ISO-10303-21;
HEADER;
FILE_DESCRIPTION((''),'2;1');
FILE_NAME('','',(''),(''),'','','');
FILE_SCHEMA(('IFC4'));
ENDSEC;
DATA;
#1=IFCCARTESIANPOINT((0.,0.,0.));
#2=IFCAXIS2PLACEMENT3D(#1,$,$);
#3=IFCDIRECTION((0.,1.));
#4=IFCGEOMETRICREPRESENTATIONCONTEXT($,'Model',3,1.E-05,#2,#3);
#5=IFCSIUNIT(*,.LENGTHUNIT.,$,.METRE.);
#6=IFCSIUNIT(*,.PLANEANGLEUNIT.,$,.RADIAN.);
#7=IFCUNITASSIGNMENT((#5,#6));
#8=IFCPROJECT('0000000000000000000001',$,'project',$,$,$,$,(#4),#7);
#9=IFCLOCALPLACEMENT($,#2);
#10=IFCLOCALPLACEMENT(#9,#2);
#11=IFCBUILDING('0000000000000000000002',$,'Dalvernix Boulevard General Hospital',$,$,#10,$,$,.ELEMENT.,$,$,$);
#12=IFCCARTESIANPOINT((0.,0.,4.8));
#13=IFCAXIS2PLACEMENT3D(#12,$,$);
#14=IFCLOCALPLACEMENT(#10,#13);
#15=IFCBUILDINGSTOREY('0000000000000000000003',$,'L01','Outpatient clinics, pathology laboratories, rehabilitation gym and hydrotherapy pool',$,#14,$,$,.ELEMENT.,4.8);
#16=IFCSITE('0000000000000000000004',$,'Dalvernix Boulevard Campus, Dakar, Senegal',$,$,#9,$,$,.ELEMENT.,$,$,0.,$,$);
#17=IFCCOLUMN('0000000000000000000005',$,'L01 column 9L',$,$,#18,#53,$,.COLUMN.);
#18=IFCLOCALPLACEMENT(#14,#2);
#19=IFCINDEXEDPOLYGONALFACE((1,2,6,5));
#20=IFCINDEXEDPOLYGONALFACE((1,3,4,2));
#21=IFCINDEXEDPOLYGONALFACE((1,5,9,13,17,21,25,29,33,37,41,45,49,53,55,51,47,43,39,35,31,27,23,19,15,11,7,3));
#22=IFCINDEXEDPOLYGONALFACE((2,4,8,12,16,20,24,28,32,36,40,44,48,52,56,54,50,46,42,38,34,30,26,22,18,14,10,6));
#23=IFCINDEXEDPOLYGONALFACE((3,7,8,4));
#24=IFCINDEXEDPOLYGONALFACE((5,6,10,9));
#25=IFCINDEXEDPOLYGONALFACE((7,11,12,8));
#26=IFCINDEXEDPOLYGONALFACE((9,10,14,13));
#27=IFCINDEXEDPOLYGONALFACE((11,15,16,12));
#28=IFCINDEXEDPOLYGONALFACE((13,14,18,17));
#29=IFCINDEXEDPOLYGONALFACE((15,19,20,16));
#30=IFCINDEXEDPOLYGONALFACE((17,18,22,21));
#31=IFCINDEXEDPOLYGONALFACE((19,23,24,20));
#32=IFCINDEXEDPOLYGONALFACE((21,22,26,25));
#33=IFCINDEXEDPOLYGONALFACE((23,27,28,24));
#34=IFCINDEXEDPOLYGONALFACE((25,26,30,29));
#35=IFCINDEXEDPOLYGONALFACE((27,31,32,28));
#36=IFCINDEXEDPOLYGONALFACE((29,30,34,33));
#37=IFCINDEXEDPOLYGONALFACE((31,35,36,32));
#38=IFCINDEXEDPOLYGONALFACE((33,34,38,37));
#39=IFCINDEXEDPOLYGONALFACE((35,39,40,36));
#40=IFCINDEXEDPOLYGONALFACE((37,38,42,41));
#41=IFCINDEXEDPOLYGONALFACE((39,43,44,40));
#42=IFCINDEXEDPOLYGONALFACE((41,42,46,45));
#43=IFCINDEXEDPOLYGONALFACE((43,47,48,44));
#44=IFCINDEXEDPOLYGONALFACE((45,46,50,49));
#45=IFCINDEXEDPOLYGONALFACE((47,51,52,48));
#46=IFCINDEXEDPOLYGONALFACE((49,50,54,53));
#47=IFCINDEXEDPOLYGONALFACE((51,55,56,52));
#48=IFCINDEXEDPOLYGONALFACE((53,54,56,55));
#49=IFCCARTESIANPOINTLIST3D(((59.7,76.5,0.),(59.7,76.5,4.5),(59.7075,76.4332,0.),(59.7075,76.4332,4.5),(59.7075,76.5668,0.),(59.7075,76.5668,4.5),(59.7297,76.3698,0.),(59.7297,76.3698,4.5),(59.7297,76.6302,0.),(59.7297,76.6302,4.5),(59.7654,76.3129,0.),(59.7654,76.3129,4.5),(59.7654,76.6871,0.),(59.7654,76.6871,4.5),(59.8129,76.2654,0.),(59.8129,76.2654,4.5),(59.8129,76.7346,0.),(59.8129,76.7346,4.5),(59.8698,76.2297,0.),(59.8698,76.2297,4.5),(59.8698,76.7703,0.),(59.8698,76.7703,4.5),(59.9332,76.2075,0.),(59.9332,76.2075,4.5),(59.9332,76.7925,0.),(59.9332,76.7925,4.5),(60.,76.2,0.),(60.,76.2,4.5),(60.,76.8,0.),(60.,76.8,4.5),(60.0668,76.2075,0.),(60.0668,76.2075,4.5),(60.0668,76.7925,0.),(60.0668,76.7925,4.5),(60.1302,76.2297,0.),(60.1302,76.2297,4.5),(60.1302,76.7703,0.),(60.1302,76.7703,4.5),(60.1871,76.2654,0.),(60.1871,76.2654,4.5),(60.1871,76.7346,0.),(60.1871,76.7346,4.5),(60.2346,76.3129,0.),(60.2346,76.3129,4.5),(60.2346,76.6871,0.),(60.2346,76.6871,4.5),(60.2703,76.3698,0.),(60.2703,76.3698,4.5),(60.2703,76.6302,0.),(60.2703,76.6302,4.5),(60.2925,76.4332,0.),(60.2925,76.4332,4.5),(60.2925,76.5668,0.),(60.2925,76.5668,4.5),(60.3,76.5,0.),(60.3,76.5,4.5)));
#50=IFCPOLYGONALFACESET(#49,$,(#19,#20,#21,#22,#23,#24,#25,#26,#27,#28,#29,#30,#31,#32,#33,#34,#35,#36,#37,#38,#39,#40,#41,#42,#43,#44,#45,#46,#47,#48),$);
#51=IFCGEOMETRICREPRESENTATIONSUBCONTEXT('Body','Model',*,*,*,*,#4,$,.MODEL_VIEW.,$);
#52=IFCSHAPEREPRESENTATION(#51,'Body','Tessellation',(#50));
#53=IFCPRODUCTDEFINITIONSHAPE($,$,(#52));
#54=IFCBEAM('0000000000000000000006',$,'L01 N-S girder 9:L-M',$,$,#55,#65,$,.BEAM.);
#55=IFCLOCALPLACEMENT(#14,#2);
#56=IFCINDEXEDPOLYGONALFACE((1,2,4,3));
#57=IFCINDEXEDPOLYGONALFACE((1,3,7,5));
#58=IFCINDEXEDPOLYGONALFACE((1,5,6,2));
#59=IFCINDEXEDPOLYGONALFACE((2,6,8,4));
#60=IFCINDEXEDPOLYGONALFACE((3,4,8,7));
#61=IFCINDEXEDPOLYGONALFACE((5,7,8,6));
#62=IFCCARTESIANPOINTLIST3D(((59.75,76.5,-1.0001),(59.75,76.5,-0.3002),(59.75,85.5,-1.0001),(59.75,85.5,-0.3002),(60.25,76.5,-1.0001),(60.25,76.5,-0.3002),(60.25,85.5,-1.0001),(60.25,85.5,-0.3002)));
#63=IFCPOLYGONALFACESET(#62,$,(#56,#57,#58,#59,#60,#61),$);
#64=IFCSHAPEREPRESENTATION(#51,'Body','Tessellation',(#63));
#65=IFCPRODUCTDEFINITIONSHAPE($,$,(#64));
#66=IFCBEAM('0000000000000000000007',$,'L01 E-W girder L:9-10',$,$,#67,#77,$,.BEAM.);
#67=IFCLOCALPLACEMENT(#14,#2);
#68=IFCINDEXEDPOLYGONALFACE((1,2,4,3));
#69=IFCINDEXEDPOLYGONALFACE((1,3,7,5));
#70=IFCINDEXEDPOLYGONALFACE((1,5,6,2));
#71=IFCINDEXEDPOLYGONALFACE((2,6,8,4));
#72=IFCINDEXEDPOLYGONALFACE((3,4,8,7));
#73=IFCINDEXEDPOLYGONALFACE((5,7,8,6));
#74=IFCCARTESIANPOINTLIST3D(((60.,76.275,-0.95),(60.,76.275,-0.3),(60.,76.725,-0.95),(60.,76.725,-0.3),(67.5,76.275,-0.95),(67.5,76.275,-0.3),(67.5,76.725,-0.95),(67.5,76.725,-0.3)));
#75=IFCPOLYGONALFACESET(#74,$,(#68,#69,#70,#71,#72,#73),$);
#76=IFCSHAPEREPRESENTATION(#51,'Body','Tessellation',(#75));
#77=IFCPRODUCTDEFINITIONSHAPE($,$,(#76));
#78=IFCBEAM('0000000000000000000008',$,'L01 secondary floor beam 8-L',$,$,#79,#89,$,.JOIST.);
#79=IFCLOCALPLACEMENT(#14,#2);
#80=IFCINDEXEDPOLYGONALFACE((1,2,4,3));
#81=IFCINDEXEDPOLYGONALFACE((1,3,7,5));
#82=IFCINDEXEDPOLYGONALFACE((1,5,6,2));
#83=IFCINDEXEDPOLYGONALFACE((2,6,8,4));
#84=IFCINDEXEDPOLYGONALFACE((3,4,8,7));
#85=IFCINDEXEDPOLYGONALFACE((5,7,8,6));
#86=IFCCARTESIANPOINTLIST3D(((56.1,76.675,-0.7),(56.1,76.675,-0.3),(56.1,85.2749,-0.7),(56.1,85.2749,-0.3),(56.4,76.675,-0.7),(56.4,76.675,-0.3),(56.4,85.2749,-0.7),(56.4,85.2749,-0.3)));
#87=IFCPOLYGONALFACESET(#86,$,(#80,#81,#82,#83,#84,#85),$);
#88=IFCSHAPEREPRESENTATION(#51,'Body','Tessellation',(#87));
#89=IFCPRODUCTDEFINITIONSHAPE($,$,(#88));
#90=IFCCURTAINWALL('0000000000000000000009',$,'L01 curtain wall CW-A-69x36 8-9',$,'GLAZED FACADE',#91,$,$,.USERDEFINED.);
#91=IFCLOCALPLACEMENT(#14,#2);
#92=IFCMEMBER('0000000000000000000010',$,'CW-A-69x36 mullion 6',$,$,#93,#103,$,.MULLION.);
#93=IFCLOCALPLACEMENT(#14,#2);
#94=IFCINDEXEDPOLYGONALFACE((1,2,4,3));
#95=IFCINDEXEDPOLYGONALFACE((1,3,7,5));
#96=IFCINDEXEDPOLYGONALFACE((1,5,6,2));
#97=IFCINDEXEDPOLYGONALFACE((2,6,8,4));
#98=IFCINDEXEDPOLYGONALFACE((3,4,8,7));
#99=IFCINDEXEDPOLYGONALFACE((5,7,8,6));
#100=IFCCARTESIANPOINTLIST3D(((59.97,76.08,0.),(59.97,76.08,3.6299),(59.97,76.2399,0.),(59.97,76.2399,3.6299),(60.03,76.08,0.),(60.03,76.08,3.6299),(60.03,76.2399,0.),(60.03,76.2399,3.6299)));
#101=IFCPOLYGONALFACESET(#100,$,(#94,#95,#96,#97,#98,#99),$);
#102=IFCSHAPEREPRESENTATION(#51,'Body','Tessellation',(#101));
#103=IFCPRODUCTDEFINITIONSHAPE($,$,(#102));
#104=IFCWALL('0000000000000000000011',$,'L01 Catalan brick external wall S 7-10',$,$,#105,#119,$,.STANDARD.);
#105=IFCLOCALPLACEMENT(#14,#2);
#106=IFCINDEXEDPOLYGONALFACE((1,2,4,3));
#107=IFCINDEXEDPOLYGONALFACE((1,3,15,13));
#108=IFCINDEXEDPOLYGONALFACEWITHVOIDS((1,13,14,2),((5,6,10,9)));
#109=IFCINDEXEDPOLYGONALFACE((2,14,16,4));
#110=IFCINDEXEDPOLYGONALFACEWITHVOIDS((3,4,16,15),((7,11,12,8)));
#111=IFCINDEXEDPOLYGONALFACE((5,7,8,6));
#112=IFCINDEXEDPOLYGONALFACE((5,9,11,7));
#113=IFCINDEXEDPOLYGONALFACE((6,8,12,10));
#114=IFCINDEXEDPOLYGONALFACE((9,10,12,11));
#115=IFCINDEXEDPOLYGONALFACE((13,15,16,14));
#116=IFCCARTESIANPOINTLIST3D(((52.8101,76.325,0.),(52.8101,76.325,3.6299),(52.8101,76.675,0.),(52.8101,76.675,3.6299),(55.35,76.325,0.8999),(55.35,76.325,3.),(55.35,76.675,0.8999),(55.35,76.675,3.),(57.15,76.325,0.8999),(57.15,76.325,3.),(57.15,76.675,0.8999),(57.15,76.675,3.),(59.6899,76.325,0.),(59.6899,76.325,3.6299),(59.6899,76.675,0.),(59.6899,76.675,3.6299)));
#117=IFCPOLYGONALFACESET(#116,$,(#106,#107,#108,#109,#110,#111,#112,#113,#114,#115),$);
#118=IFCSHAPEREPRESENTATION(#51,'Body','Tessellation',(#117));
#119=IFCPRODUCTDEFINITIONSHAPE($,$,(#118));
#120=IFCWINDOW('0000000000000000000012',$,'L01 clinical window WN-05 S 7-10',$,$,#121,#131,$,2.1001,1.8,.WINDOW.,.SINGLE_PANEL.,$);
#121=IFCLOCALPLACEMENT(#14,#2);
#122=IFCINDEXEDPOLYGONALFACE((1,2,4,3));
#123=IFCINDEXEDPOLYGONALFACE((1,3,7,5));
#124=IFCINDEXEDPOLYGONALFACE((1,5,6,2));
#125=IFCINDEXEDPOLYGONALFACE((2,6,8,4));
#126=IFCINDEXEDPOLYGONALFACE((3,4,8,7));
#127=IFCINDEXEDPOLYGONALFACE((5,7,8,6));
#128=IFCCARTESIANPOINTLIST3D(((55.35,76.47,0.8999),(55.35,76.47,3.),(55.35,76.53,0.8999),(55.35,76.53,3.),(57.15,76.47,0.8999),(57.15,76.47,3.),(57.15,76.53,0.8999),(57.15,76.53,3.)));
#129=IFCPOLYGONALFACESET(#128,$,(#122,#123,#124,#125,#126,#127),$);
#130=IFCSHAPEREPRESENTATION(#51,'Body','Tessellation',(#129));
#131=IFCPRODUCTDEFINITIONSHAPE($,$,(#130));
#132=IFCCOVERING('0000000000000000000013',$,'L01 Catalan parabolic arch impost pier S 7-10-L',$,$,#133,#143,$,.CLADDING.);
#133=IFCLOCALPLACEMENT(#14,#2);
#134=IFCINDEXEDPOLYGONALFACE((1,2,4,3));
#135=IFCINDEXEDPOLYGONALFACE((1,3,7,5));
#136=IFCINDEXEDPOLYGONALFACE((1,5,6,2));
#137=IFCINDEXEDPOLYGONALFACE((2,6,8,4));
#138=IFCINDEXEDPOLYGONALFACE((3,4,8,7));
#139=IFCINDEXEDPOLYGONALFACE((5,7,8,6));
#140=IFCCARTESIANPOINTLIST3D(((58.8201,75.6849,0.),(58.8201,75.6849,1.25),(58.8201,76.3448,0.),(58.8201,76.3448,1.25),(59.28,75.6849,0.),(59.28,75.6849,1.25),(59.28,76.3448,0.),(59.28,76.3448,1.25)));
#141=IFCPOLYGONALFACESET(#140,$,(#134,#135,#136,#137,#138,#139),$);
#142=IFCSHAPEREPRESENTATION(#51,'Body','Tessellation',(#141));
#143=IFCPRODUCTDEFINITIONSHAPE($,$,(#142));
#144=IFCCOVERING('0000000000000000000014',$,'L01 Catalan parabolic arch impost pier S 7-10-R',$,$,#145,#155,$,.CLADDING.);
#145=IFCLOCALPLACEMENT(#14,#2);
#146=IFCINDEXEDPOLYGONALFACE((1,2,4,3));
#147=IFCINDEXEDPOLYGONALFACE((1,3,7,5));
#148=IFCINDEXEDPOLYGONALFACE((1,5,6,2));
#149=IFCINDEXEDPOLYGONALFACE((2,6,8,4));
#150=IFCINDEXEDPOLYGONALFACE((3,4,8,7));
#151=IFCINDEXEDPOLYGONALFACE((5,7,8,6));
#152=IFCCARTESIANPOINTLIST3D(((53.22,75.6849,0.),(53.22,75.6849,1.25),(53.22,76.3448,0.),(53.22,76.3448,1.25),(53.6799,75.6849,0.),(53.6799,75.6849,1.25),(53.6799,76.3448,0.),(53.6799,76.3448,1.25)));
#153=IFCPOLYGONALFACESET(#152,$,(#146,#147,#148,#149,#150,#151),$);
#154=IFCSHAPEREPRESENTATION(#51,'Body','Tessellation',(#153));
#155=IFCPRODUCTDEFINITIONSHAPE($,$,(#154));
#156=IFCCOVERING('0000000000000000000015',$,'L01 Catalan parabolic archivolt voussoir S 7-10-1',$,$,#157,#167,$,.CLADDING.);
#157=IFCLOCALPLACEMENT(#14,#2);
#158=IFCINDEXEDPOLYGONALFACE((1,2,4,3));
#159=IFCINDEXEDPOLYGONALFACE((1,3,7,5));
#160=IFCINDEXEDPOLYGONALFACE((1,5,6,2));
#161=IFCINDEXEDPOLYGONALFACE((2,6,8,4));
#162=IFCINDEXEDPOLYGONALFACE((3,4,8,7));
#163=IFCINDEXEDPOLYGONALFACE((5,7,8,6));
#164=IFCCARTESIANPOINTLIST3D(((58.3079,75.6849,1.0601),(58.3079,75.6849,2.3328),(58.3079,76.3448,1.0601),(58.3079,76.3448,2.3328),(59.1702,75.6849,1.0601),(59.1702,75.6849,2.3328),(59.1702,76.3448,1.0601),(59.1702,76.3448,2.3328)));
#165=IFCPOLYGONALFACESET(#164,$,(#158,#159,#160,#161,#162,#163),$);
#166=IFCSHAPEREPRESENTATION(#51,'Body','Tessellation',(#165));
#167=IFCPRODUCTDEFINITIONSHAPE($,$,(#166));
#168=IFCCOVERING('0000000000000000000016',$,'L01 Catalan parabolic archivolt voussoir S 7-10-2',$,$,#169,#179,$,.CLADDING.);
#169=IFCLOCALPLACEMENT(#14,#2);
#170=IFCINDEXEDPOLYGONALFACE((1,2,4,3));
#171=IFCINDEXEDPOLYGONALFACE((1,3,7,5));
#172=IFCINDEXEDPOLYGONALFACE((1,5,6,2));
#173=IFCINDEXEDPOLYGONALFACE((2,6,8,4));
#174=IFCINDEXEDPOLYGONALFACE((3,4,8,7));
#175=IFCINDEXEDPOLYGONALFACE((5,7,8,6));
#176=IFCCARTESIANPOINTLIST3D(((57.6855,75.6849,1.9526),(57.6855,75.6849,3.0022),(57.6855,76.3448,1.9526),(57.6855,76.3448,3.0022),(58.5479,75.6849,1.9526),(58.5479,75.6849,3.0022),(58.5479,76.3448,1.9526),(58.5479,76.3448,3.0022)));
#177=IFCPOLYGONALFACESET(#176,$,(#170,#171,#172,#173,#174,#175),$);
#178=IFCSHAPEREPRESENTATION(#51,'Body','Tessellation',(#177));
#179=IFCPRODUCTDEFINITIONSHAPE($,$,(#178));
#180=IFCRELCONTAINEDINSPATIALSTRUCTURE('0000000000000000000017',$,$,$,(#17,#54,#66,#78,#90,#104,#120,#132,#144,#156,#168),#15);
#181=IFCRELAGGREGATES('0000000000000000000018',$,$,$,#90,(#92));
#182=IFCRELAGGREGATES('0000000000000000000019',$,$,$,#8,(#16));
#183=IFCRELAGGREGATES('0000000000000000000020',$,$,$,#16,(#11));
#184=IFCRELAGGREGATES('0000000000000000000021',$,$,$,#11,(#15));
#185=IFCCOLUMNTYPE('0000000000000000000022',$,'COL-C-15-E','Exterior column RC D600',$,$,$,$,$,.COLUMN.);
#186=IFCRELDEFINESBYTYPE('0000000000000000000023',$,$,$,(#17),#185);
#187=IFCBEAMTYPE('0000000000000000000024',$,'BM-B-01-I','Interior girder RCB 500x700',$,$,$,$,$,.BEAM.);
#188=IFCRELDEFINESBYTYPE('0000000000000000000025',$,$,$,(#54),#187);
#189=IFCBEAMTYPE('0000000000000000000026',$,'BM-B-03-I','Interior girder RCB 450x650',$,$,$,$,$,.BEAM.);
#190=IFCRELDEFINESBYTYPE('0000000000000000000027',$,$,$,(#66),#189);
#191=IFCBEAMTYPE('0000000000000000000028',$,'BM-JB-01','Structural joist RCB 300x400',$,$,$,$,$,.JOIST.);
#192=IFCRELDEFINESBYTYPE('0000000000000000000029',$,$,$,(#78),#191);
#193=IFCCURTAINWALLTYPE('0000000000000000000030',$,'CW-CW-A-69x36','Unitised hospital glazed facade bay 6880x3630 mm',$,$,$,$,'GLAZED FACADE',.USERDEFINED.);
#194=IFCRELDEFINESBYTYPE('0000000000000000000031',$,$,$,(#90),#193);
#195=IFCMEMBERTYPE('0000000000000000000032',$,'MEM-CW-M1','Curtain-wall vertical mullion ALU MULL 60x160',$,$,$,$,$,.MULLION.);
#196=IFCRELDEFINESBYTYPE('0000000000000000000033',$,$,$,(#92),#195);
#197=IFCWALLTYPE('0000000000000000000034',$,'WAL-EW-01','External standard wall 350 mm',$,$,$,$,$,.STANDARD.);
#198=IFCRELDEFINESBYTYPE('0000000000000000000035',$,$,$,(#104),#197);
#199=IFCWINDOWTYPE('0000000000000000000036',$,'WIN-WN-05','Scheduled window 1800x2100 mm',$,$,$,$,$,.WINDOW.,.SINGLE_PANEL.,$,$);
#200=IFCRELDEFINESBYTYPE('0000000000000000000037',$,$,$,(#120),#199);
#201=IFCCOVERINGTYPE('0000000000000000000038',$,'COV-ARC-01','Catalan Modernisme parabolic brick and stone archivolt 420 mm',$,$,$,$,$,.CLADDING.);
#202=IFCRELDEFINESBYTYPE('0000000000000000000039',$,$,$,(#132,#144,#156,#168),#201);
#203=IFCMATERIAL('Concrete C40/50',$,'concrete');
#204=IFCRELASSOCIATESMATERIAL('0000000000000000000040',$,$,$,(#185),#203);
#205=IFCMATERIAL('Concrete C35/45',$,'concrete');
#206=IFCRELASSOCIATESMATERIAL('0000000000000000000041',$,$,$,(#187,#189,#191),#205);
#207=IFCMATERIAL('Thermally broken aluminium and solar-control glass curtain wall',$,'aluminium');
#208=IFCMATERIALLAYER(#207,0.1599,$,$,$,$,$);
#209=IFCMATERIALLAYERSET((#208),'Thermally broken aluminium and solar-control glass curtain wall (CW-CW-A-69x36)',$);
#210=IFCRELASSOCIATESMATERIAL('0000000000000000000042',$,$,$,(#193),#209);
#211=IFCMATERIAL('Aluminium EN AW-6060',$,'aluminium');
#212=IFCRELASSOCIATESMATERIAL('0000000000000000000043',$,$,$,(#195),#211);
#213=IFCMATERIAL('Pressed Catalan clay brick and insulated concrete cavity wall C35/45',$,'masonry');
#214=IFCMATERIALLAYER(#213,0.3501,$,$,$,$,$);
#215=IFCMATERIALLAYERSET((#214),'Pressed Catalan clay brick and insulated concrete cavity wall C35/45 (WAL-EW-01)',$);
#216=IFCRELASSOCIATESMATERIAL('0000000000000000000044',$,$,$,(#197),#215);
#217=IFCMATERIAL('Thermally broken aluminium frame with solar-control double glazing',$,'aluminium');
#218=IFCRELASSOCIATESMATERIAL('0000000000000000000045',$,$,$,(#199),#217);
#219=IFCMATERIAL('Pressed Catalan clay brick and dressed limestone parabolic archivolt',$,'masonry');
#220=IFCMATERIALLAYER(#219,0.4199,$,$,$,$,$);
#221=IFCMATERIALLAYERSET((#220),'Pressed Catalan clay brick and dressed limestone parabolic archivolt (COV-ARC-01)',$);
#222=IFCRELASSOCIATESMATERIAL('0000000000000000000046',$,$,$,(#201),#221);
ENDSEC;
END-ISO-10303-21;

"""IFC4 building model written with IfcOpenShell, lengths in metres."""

from ifc_helpers import new_model, si_unit, direction, frame, frame_2d, origin, origin_2d, place, context, subcontext, project, spatial, rectangle, circle, extrude, material, layer, layer_set, material_profile, profile_set, type_object, element, fill, aggregate, save


model = new_model("IFC4")

# Units and contexts
model_context = context("Model", 3, precision=1e-05, world=origin(), true_north=direction((0.0, 1.0)))
body_context = subcontext(model_context, "Body", "Model", "MODEL_VIEW")
ifc_project = project(units=[si_unit("LENGTHUNIT", "METRE"), si_unit("PLANEANGLEUNIT", "RADIAN")], contexts=[model_context])

# Site, building, storey
site_placement = place(None, origin())
site = spatial("IfcSite", under=ifc_project, at=site_placement, Name="Dalvernix Boulevard Campus, Dakar, Senegal", CompositionType="ELEMENT", RefElevation=0.0)
building_placement = place(site_placement, origin())
building = spatial("IfcBuilding", under=site, at=building_placement, Name="Dalvernix Boulevard General Hospital", CompositionType="ELEMENT")
storey_placement = place(building_placement, frame((0.0, 0.0, 4.8)))
storey = spatial("IfcBuildingStorey", under=building, at=storey_placement, Name="L01", Description="Outpatient clinics, pathology laboratories, rehabilitation gym and hydrotherapy pool", CompositionType="ELEMENT", Elevation=4.8)

# Column
ifc_material_1 = material(Name="Concrete C40/50", Category="concrete")
ifc_material_profile_1 = material_profile(ifc_material_1, circle(Radius=0.3, at=origin_2d()), Name="RC D600")
ifc_profile_set_1 = profile_set([ifc_material_profile_1], Name="Concrete C40/50")
column_type = type_object("IfcColumnType", Name="COL-C-15-E", Description="Exterior column RC D600", PredefinedType="COLUMN", material=ifc_profile_set_1)
column_placement = place(storey_placement, frame((60.0, 76.5, 0.0), z_axis=(0.0, 0.0, 1.0), x_axis=(1.0, 0.0, 0.0)))
element("IfcColumn", 1, at=column_placement, inside=storey, type_object=column_type, Name="L01 column 9L", PredefinedType="COLUMN", context=body_context, shape_type="SweptSolid", body=[
    extrude(circle(Radius=0.3, at=origin_2d()), origin(), (0.0, 0.0, 1.0), 4.5),
])

# Beams
ifc_material_2 = material(Name="Concrete C35/45", Category="concrete")
ifc_material_profile_2 = material_profile(ifc_material_2, rectangle(XDim=0.5, YDim=0.7, at=origin_2d()), Name="RCB 500x700")
ifc_profile_set_2 = profile_set([ifc_material_profile_2], Name="Concrete C35/45")
beam_type_1 = type_object("IfcBeamType", Name="BM-B-01-I", Description="Interior girder RCB 500x700", PredefinedType="BEAM", material=ifc_profile_set_2)
beam_1_placement = place(storey_placement, frame((60.0, 76.5, -0.6501), z_axis=(0.0, 1.0, 0.0), x_axis=(-1.0, 0.0, 0.0)))
element("IfcBeam", 2, at=beam_1_placement, inside=storey, type_object=beam_type_1, Name="L01 N-S girder 9:L-M", PredefinedType="BEAM", context=body_context, shape_type="SweptSolid", body=[
    extrude(rectangle(XDim=0.5, YDim=0.7, at=origin_2d()), origin(), (0.0, 0.0, 1.0), 9.0),
])
ifc_material_profile_3 = material_profile(ifc_material_2, rectangle(XDim=0.45, YDim=0.6499, at=origin_2d()), Name="RCB 450x650")
ifc_profile_set_3 = profile_set([ifc_material_profile_3], Name="Concrete C35/45")
beam_type_2 = type_object("IfcBeamType", Name="BM-B-03-I", Description="Interior girder RCB 450x650", PredefinedType="BEAM", material=ifc_profile_set_3)
beam_2_placement = place(storey_placement, frame((60.0, 76.5, -0.625), z_axis=(1.0, 0.0, 0.0), x_axis=(0.0, 1.0, 0.0)))
element("IfcBeam", 3, at=beam_2_placement, inside=storey, type_object=beam_type_2, Name="L01 E-W girder L:9-10", PredefinedType="BEAM", context=body_context, shape_type="SweptSolid", body=[
    extrude(rectangle(XDim=0.45, YDim=0.6499, at=origin_2d()), origin(), (0.0, 0.0, 1.0), 7.5),
])
ifc_material_profile_4 = material_profile(ifc_material_2, rectangle(XDim=0.3, YDim=0.3999, at=origin_2d()), Name="RCB 300x400")
ifc_profile_set_4 = profile_set([ifc_material_profile_4], Name="Concrete C35/45")
beam_type_3 = type_object("IfcBeamType", Name="BM-JB-01", Description="Structural joist RCB 300x400", PredefinedType="JOIST", material=ifc_profile_set_4)
beam_3_placement = place(storey_placement, frame((56.25, 76.675, -0.5), z_axis=(0.0, 1.0, 0.0), x_axis=(-1.0, 0.0, 0.0)))
element("IfcBeam", 4, at=beam_3_placement, inside=storey, type_object=beam_type_3, Name="L01 secondary floor beam 8-L", PredefinedType="JOIST", context=body_context, shape_type="SweptSolid", body=[
    extrude(rectangle(XDim=0.3, YDim=0.3999, at=origin_2d()), origin(), (0.0, 0.0, 1.0), 8.5999),
])

# Curtain wall, member
ifc_material_3 = material(Name="Thermally broken aluminium and solar-control glass curtain wall", Category="aluminium")
ifc_layer_1 = layer(ifc_material_3, 0.1599)
ifc_layer_set_1 = layer_set([ifc_layer_1], Name="Thermally broken aluminium and solar-control glass curtain wall (CW-CW-A-69x36)")
curtain_wall_type = type_object("IfcCurtainWallType", Name="CW-CW-A-69x36", Description="Unitised hospital glazed facade bay 6880x3630 mm", ElementType="GLAZED FACADE", PredefinedType="USERDEFINED", material=ifc_layer_set_1)
curtain_wall_placement = place(storey_placement, origin())
curtain_wall = element("IfcCurtainWall", 5, at=curtain_wall_placement, inside=storey, type_object=curtain_wall_type, Name="L01 curtain wall CW-A-69x36 8-9", ObjectType="GLAZED FACADE", PredefinedType="USERDEFINED")
ifc_material_4 = material(Name="Aluminium EN AW-6060", Category="aluminium")
ifc_material_profile_5 = material_profile(ifc_material_4, rectangle(XDim=0.0601, YDim=0.1599, at=origin_2d()), Name="ALU MULL 60x160")
ifc_profile_set_5 = profile_set([ifc_material_profile_5], Name="Aluminium EN AW-6060")
member_type = type_object("IfcMemberType", Name="MEM-CW-M1", Description="Curtain-wall vertical mullion ALU MULL 60x160", PredefinedType="MULLION", material=ifc_profile_set_5)
member_placement = place(storey_placement, frame((60.0, 76.1599, 0.0), z_axis=(0.0, 0.0, 1.0), x_axis=(-1.0, 0.0, 0.0)))
member = element("IfcMember", 6, at=member_placement, type_object=member_type, Name="CW-A-69x36 mullion 6", PredefinedType="MULLION", context=body_context, shape_type="SweptSolid", body=[
    extrude(rectangle(XDim=0.0601, YDim=0.1599, at=origin_2d()), origin(), (0.0, 0.0, 1.0), 3.6299),
])
aggregate(curtain_wall, [member])

# Wall, opening, window
ifc_material_5 = material(Name="Pressed Catalan clay brick and insulated concrete cavity wall C35/45", Category="masonry")
ifc_layer_2 = layer(ifc_material_5, 0.3501)
ifc_layer_set_2 = layer_set([ifc_layer_2], Name="Pressed Catalan clay brick and insulated concrete cavity wall C35/45 (WAL-EW-01)")
wall_type = type_object("IfcWallType", Name="WAL-EW-01", Description="External standard wall 350 mm", PredefinedType="STANDARD", material=ifc_layer_set_2)
wall_placement = place(storey_placement, frame((59.6899, 76.5, 0.0), z_axis=(0.0, 0.0, 1.0), x_axis=(-1.0, 0.0, 0.0)))
wall = element("IfcWall", 7, at=wall_placement, inside=storey, type_object=wall_type, Name="L01 Catalan brick external wall S 7-10", PredefinedType="STANDARD", context=body_context, shape_type="SweptSolid", body=[
    extrude(rectangle(XDim=6.8799, YDim=0.3501, at=frame_2d((3.4399, 0.0))), origin(), (0.0, 0.0, 1.0), 3.6299),
])
opening_placement = place(wall_placement, frame((2.54, 0.0, 0.8999)))
opening = element("IfcOpeningElement", 8, at=opening_placement, cuts=wall, PredefinedType="OPENING", context=body_context, shape_type="SweptSolid", body=[
    extrude(rectangle(XDim=1.8, YDim=2.1001, at=frame_2d((0.8999, 1.05))), frame((0.0, 0.1851, 0.0), z_axis=(0.0, -1.0, 0.0), x_axis=(1.0, 0.0, 0.0)), (0.0, 0.0, 1.0), 0.3701),
])
ifc_material_6 = material(Name="Thermally broken aluminium frame with solar-control double glazing", Category="aluminium")
window_type = type_object("IfcWindowType", Name="WIN-WN-05", Description="Scheduled window 1800x2100 mm", PartitioningType="SINGLE_PANEL", PredefinedType="WINDOW", material=ifc_material_6)
window_placement = place(opening_placement, origin())
window = element("IfcWindow", 9, at=window_placement, inside=storey, type_object=window_type, Name="L01 clinical window WN-05 S 7-10", OverallHeight=2.1001, OverallWidth=1.8, PartitioningType="SINGLE_PANEL", PredefinedType="WINDOW", context=body_context, shape_type="SweptSolid", body=[
    extrude(rectangle(XDim=1.8, YDim=2.1001, at=frame_2d((0.8999, 1.05))), frame((0.0, 0.03, 0.0), z_axis=(0.0, -1.0, 0.0), x_axis=(1.0, 0.0, 0.0)), (0.0, 0.0, 1.0), 0.0601),
])
fill(opening, window)

# Coverings
ifc_material_7 = material(Name="Pressed Catalan clay brick and dressed limestone parabolic archivolt", Category="masonry")
ifc_layer_3 = layer(ifc_material_7, 0.4199)
ifc_layer_set_3 = layer_set([ifc_layer_3], Name="Pressed Catalan clay brick and dressed limestone parabolic archivolt (COV-ARC-01)")
covering_type_1 = type_object("IfcCoveringType", Name="COV-ARC-01", Description="Catalan Modernisme parabolic brick and stone archivolt 420 mm", PredefinedType="CLADDING", material=ifc_layer_set_3)
for number, where, z_axis, x_axis, name in (
    (10, (59.05, 76.0149, 0.0), (0.0, 0.0, 1.0), (-1.0, 0.0, 0.0), "L01 Catalan parabolic arch impost pier S 7-10-L"),
    (11, (53.45, 76.0149, 0.0), (0.0, 0.0, 1.0), (-1.0, 0.0, 0.0), "L01 Catalan parabolic arch impost pier S 7-10-R"),
):
    element("IfcCovering", number, at=place(storey_placement, frame(where, z_axis=z_axis, x_axis=x_axis)), inside=storey, type_object=covering_type_1, Name=name, PredefinedType="CLADDING", context=body_context, shape_type="SweptSolid", body=[
        extrude(rectangle(XDim=0.46, YDim=0.6599, at=origin_2d()), origin(), (0.0, 0.0, 1.0), 1.25),
    ])
covering_1_placement = place(storey_placement, frame((58.739, 76.0149, 1.0601), z_axis=(0.0, 0.0, 1.0), x_axis=(-1.0, 0.0, 0.0)))
element("IfcCovering", 12, at=covering_1_placement, inside=storey, type_object=covering_type_1, Name="L01 Catalan parabolic archivolt voussoir S 7-10-1", PredefinedType="CLADDING", context=body_context, shape_type="SweptSolid", body=[
    extrude(rectangle(XDim=0.8623, YDim=0.6599, at=origin_2d()), origin(), (0.0, 0.0, 1.0), 1.2727),
])
covering_2_placement = place(storey_placement, frame((58.1167, 76.0149, 1.9526), z_axis=(0.0, 0.0, 1.0), x_axis=(-1.0, 0.0, 0.0)))
element("IfcCovering", 13, at=covering_2_placement, inside=storey, type_object=covering_type_1, Name="L01 Catalan parabolic archivolt voussoir S 7-10-2", PredefinedType="CLADDING", context=body_context, shape_type="SweptSolid", body=[
    extrude(rectangle(XDim=0.8623, YDim=0.6599, at=origin_2d()), origin(), (0.0, 0.0, 1.0), 1.0496),
])

save(model, "model.ifc")
